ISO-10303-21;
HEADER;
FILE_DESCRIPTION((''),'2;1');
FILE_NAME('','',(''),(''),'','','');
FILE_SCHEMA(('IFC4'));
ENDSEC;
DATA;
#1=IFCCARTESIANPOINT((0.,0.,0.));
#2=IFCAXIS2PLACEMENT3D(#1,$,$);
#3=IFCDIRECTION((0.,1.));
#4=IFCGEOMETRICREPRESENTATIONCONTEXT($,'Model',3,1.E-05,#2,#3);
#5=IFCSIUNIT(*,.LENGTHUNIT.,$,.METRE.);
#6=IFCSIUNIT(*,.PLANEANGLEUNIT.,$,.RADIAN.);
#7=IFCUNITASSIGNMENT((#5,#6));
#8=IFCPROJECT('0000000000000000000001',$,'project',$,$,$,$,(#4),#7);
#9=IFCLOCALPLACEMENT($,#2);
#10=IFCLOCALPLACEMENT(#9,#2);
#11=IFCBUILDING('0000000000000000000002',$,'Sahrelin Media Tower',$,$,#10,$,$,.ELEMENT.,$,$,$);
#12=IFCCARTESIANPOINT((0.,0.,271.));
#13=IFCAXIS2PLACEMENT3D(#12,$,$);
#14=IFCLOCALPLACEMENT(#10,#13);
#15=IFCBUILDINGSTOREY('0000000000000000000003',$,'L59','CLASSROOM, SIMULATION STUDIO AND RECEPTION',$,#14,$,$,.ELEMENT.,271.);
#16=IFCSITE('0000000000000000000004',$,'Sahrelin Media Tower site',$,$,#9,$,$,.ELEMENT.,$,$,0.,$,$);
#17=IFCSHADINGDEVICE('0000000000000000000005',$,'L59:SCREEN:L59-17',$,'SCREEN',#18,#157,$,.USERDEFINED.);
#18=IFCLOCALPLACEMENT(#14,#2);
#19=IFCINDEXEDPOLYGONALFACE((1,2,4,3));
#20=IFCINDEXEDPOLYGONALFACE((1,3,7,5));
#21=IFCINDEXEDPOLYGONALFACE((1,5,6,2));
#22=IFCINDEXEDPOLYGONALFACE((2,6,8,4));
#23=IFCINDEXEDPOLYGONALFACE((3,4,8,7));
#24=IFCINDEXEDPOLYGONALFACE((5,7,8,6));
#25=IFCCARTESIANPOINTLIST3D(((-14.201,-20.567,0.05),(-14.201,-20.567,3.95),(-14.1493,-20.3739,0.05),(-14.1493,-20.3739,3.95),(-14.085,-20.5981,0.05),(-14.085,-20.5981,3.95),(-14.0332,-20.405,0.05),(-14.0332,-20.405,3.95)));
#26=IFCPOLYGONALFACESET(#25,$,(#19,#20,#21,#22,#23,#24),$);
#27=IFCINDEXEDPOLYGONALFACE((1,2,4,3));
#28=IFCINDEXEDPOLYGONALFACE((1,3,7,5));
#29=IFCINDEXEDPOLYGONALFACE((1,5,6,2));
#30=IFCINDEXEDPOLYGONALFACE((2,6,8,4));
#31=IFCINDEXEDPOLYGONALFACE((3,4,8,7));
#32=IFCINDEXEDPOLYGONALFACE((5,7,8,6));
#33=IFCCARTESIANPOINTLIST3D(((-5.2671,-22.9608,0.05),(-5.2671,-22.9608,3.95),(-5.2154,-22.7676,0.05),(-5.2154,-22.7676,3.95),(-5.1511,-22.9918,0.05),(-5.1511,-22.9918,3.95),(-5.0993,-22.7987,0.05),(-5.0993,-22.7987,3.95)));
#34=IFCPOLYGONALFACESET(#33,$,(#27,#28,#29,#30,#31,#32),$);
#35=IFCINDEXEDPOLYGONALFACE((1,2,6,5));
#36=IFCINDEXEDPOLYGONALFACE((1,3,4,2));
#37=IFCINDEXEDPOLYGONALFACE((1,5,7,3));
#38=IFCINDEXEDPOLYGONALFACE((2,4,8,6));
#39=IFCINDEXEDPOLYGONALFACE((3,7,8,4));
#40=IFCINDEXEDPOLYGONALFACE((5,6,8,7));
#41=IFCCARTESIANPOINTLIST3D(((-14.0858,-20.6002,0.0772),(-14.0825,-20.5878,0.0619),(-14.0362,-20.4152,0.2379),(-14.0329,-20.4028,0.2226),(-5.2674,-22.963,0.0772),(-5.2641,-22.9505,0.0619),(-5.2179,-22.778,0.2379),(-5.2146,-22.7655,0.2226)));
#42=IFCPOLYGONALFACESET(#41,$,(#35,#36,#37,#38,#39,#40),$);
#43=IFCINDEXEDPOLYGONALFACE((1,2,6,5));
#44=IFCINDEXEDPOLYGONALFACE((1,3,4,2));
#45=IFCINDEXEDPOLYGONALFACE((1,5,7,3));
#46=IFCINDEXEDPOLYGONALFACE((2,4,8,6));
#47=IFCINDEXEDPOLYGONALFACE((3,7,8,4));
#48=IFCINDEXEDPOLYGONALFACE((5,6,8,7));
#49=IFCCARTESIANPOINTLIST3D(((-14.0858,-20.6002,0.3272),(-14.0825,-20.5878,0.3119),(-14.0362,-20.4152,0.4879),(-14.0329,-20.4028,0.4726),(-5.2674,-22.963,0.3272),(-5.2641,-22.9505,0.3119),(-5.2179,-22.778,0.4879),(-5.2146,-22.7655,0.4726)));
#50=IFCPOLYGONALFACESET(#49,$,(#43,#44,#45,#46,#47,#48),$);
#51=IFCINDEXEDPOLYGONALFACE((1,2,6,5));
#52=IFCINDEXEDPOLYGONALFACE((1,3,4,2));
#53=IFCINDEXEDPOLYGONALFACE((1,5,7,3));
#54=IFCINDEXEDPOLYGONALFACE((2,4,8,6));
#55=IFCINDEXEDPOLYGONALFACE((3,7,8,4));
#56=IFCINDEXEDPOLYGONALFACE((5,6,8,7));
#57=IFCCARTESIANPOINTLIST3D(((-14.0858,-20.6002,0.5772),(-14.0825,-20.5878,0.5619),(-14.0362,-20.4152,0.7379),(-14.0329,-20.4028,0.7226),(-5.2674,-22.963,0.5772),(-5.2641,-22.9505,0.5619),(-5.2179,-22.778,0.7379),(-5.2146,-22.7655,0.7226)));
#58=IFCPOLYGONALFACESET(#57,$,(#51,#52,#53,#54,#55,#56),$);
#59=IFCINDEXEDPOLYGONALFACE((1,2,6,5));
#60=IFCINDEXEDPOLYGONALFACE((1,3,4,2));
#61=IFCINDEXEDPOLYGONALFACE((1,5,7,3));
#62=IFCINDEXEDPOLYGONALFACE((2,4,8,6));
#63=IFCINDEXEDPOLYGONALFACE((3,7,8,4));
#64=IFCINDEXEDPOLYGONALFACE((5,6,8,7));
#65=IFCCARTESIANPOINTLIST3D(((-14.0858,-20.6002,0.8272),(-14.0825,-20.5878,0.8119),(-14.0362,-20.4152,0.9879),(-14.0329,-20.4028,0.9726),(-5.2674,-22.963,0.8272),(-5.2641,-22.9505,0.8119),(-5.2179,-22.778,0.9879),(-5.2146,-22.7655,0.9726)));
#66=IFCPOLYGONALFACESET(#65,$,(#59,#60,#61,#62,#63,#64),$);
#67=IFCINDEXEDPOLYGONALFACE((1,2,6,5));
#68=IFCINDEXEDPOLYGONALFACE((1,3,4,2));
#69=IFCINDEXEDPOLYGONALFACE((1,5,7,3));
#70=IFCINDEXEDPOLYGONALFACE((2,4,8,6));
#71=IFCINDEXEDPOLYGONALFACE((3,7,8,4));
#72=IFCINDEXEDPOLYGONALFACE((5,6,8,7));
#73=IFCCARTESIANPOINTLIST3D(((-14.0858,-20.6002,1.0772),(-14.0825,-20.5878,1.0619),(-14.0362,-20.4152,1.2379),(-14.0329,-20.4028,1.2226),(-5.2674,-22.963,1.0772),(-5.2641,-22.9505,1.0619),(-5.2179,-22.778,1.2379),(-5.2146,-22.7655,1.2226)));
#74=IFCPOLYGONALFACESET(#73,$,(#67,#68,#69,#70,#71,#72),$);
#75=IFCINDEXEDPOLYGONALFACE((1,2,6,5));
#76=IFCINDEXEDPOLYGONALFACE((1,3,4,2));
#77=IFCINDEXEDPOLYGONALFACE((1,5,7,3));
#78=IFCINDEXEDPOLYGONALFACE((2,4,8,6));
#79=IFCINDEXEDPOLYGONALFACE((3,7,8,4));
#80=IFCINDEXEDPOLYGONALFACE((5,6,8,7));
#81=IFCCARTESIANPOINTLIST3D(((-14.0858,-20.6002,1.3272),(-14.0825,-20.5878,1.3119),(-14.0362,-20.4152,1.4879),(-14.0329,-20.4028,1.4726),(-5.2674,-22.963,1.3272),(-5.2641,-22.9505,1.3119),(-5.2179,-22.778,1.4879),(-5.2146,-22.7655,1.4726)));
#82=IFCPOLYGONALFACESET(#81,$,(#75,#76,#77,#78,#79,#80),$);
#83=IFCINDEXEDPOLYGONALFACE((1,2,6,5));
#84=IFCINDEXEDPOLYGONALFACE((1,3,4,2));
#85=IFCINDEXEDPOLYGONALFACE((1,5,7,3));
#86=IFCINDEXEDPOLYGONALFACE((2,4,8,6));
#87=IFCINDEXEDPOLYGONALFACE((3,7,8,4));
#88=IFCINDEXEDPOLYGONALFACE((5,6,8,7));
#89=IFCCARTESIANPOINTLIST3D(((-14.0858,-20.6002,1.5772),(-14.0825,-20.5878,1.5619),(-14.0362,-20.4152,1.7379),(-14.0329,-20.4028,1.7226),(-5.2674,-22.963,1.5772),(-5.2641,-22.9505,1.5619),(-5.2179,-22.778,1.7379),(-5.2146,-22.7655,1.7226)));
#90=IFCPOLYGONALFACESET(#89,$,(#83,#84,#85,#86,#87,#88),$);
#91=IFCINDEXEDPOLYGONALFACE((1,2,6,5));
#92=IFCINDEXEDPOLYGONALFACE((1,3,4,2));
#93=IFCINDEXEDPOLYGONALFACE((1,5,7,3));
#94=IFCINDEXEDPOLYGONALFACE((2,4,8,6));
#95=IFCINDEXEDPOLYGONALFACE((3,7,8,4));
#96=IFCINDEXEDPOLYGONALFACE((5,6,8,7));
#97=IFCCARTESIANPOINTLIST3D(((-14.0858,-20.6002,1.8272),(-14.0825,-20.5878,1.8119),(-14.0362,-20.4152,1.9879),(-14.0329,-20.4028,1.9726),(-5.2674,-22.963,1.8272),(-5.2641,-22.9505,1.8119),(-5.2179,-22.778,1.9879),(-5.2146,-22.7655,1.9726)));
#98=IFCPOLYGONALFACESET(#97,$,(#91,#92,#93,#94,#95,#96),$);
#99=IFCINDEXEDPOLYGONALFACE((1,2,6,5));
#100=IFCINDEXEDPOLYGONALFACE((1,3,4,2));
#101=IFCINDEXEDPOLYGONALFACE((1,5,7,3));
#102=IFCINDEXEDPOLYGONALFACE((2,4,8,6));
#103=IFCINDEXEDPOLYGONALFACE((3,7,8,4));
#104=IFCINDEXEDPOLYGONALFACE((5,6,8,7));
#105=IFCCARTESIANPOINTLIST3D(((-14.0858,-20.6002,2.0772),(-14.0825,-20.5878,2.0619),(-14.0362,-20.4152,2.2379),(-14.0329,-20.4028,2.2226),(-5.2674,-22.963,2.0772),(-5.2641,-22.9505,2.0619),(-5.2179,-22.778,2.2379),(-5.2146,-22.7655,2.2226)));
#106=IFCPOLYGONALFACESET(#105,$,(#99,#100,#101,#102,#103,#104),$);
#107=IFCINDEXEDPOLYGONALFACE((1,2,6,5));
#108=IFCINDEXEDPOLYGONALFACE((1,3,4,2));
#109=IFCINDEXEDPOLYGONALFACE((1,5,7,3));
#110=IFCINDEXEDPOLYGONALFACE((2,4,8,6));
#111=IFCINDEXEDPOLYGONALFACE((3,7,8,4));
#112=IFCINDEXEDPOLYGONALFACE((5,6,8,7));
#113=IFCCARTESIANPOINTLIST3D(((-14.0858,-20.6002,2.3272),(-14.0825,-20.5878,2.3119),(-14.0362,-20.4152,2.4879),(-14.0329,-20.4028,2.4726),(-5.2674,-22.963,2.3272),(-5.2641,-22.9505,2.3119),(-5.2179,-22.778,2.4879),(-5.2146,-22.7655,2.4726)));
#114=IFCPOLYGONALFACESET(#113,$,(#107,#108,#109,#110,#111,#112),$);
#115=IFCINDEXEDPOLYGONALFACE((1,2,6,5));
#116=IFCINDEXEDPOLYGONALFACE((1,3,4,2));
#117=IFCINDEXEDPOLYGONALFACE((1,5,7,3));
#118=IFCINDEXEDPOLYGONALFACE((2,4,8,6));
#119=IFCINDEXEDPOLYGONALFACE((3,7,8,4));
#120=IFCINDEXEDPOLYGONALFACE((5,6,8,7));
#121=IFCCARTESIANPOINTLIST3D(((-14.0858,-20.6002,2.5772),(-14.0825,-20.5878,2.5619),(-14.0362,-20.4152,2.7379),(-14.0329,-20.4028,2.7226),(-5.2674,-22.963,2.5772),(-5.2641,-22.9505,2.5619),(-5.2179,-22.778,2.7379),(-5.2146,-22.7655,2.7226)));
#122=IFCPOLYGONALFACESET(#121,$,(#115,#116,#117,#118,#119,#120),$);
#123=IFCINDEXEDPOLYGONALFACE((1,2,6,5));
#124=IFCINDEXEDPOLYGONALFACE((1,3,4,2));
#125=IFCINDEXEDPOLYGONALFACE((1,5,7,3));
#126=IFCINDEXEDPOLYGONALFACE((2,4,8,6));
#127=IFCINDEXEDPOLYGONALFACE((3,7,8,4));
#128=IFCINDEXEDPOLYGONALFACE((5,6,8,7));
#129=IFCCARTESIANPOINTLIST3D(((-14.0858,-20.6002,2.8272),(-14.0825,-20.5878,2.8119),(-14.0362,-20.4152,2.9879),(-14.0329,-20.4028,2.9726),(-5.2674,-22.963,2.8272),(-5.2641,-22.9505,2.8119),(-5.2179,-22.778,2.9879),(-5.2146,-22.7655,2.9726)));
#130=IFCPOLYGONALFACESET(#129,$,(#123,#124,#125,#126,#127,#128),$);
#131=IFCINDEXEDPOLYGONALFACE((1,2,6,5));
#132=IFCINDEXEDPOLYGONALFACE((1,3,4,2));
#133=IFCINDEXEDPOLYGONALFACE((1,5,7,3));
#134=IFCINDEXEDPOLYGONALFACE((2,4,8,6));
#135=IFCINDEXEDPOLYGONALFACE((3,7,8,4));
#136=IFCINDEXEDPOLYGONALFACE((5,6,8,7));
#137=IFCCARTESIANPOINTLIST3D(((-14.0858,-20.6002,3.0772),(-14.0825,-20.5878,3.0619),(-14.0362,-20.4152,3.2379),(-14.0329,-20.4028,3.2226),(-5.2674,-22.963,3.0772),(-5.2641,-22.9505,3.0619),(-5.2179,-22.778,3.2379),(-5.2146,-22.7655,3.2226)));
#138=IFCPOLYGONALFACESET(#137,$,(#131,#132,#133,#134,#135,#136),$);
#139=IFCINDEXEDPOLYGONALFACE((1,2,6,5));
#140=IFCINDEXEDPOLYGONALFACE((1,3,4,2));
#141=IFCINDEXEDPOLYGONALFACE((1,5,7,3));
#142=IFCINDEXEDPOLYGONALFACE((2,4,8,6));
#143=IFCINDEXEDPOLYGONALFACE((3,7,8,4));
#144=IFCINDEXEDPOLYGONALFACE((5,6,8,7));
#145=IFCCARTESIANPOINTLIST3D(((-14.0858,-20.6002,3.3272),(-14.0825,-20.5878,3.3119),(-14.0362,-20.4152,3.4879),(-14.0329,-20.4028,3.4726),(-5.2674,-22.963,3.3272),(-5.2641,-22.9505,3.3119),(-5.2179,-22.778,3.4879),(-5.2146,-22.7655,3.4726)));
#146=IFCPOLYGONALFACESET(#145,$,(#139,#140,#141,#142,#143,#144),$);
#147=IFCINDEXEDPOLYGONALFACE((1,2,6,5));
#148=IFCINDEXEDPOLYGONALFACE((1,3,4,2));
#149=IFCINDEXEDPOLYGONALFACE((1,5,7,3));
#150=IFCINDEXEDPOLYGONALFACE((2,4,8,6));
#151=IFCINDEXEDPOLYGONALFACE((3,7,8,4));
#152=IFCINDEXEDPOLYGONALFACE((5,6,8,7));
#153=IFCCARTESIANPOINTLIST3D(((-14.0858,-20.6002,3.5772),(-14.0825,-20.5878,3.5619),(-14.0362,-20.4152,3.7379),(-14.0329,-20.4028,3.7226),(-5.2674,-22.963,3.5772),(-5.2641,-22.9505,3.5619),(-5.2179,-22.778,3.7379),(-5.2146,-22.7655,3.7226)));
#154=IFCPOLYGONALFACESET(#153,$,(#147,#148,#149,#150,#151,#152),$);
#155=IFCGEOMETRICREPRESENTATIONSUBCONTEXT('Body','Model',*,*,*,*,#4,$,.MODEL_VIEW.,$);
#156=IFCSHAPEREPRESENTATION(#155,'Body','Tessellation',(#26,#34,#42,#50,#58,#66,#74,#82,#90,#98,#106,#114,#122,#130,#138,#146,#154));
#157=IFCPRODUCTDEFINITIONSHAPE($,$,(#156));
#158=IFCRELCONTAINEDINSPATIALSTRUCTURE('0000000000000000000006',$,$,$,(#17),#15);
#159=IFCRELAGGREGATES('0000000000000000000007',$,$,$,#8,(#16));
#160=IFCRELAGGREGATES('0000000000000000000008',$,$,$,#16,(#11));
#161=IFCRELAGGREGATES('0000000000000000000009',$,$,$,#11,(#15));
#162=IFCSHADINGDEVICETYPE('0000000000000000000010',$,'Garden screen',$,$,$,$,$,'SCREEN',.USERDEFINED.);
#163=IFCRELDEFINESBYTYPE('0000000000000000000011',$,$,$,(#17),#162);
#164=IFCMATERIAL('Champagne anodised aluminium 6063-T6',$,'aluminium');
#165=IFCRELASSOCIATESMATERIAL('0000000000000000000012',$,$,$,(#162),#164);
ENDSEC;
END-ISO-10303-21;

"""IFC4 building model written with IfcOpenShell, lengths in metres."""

from ifc_helpers import new_model, si_unit, direction, frame, origin, origin_2d, place, context, subcontext, project, spatial, rectangle, extrude, material, type_object, element, save


model = new_model("IFC4")

# Units and contexts
model_context = context("Model", 3, precision=1e-05, world=origin(), true_north=direction((0.0, 1.0)))
body_context = subcontext(model_context, "Body", "Model", "MODEL_VIEW")
ifc_project = project(units=[si_unit("LENGTHUNIT", "METRE"), si_unit("PLANEANGLEUNIT", "RADIAN")], contexts=[model_context])

# Site, building, storey
site_placement = place(None, origin())
site = spatial("IfcSite", under=ifc_project, at=site_placement, Name="Sahrelin Media Tower site", CompositionType="ELEMENT", RefElevation=0.0)
building_placement = place(site_placement, origin())
building = spatial("IfcBuilding", under=site, at=building_placement, Name="Sahrelin Media Tower", CompositionType="ELEMENT")
storey_placement = place(building_placement, frame((0.0, 0.0, 271.0)))
storey = spatial("IfcBuildingStorey", under=building, at=storey_placement, Name="L59", Description="CLASSROOM, SIMULATION STUDIO AND RECEPTION", CompositionType="ELEMENT", Elevation=271.0)

# Shading device
ifc_material_1 = material(Name="Champagne anodised aluminium 6063-T6", Category="aluminium")
shading_device_type = type_object("IfcShadingDeviceType", Name="Garden screen", ElementType="SCREEN", PredefinedType="USERDEFINED", material=ifc_material_1)
shading_device_1_placement = place(storey_placement, frame((-9.6243, -21.5862, 0.0), z_axis=(0.0, 0.0, 1.0), x_axis=(-0.965929, 0.258808, 0.0)))
element("IfcShadingDevice", 1, at=shading_device_1_placement, inside=storey, type_object=shading_device_type, Name="L59:SCREEN:L59-17", ObjectType="SCREEN", PredefinedType="USERDEFINED", context=body_context, shape_type="SweptSolid", body=[
    extrude(rectangle(XDim=0.1201, YDim=0.2, at=origin_2d()), frame((4.6245, 0.1001, 0.05), z_axis=(0.0, 0.0, 1.0), x_axis=(1.0, 0.0, 0.0)), (0.0, 0.0, 1.0), 3.8999),
    extrude(rectangle(XDim=0.1201, YDim=0.2, at=origin_2d()), frame((-4.6245, 0.1001, 0.05), z_axis=(0.0, 0.0, 1.0), x_axis=(1.0, 0.0, 0.0)), (0.0, 0.0, 1.0), 3.8999),
    extrude(rectangle(XDim=0.25, YDim=0.02, at=origin_2d()), frame((4.5647, 0.1001, 0.1499), z_axis=(-1.0, 0.0, 0.0), x_axis=(0.0, -0.766044, 0.642788)), (0.0, 0.0, 1.0), 9.1294),
    extrude(rectangle(XDim=0.25, YDim=0.02, at=origin_2d()), frame((4.5647, 0.1001, 0.3999), z_axis=(-1.0, 0.0, 0.0), x_axis=(0.0, -0.766044, 0.642788)), (0.0, 0.0, 1.0), 9.1294),
    extrude(rectangle(XDim=0.25, YDim=0.02, at=origin_2d()), frame((4.5647, 0.1001, 0.6499), z_axis=(-1.0, 0.0, 0.0), x_axis=(0.0, -0.766044, 0.642788)), (0.0, 0.0, 1.0), 9.1294),
    extrude(rectangle(XDim=0.25, YDim=0.02, at=origin_2d()), frame((4.5647, 0.1001, 0.8999), z_axis=(-1.0, 0.0, 0.0), x_axis=(0.0, -0.766044, 0.642788)), (0.0, 0.0, 1.0), 9.1294),
    extrude(rectangle(XDim=0.25, YDim=0.02, at=origin_2d()), frame((4.5647, 0.1001, 1.1499), z_axis=(-1.0, 0.0, 0.0), x_axis=(0.0, -0.766044, 0.642788)), (0.0, 0.0, 1.0), 9.1294),
    extrude(rectangle(XDim=0.25, YDim=0.02, at=origin_2d()), frame((4.5647, 0.1001, 1.3999), z_axis=(-1.0, 0.0, 0.0), x_axis=(0.0, -0.766044, 0.642788)), (0.0, 0.0, 1.0), 9.1294),
    extrude(rectangle(XDim=0.25, YDim=0.02, at=origin_2d()), frame((4.5647, 0.1001, 1.6499), z_axis=(-1.0, 0.0, 0.0), x_axis=(0.0, -0.766044, 0.642788)), (0.0, 0.0, 1.0), 9.1294),
    extrude(rectangle(XDim=0.25, YDim=0.02, at=origin_2d()), frame((4.5647, 0.1001, 1.8999), z_axis=(-1.0, 0.0, 0.0), x_axis=(0.0, -0.766044, 0.642788)), (0.0, 0.0, 1.0), 9.1294),
    extrude(rectangle(XDim=0.25, YDim=0.02, at=origin_2d()), frame((4.5647, 0.1001, 2.1499), z_axis=(-1.0, 0.0, 0.0), x_axis=(0.0, -0.766044, 0.642788)), (0.0, 0.0, 1.0), 9.1294),
    extrude(rectangle(XDim=0.25, YDim=0.02, at=origin_2d()), frame((4.5647, 0.1001, 2.3999), z_axis=(-1.0, 0.0, 0.0), x_axis=(0.0, -0.766044, 0.642788)), (0.0, 0.0, 1.0), 9.1294),
    extrude(rectangle(XDim=0.25, YDim=0.02, at=origin_2d()), frame((4.5647, 0.1001, 2.6499), z_axis=(-1.0, 0.0, 0.0), x_axis=(0.0, -0.766044, 0.642788)), (0.0, 0.0, 1.0), 9.1294),
    extrude(rectangle(XDim=0.25, YDim=0.02, at=origin_2d()), frame((4.5647, 0.1001, 2.8999), z_axis=(-1.0, 0.0, 0.0), x_axis=(0.0, -0.766044, 0.642788)), (0.0, 0.0, 1.0), 9.1294),
    extrude(rectangle(XDim=0.25, YDim=0.02, at=origin_2d()), frame((4.5647, 0.1001, 3.1499), z_axis=(-1.0, 0.0, 0.0), x_axis=(0.0, -0.766044, 0.642788)), (0.0, 0.0, 1.0), 9.1294),
    extrude(rectangle(XDim=0.25, YDim=0.02, at=origin_2d()), frame((4.5647, 0.1001, 3.3999), z_axis=(-1.0, 0.0, 0.0), x_axis=(0.0, -0.766044, 0.642788)), (0.0, 0.0, 1.0), 9.1294),
    extrude(rectangle(XDim=0.25, YDim=0.02, at=origin_2d()), frame((4.5647, 0.1001, 3.6499), z_axis=(-1.0, 0.0, 0.0), x_axis=(0.0, -0.766044, 0.642788)), (0.0, 0.0, 1.0), 9.1294),
])

save(model, "model.ifc")
